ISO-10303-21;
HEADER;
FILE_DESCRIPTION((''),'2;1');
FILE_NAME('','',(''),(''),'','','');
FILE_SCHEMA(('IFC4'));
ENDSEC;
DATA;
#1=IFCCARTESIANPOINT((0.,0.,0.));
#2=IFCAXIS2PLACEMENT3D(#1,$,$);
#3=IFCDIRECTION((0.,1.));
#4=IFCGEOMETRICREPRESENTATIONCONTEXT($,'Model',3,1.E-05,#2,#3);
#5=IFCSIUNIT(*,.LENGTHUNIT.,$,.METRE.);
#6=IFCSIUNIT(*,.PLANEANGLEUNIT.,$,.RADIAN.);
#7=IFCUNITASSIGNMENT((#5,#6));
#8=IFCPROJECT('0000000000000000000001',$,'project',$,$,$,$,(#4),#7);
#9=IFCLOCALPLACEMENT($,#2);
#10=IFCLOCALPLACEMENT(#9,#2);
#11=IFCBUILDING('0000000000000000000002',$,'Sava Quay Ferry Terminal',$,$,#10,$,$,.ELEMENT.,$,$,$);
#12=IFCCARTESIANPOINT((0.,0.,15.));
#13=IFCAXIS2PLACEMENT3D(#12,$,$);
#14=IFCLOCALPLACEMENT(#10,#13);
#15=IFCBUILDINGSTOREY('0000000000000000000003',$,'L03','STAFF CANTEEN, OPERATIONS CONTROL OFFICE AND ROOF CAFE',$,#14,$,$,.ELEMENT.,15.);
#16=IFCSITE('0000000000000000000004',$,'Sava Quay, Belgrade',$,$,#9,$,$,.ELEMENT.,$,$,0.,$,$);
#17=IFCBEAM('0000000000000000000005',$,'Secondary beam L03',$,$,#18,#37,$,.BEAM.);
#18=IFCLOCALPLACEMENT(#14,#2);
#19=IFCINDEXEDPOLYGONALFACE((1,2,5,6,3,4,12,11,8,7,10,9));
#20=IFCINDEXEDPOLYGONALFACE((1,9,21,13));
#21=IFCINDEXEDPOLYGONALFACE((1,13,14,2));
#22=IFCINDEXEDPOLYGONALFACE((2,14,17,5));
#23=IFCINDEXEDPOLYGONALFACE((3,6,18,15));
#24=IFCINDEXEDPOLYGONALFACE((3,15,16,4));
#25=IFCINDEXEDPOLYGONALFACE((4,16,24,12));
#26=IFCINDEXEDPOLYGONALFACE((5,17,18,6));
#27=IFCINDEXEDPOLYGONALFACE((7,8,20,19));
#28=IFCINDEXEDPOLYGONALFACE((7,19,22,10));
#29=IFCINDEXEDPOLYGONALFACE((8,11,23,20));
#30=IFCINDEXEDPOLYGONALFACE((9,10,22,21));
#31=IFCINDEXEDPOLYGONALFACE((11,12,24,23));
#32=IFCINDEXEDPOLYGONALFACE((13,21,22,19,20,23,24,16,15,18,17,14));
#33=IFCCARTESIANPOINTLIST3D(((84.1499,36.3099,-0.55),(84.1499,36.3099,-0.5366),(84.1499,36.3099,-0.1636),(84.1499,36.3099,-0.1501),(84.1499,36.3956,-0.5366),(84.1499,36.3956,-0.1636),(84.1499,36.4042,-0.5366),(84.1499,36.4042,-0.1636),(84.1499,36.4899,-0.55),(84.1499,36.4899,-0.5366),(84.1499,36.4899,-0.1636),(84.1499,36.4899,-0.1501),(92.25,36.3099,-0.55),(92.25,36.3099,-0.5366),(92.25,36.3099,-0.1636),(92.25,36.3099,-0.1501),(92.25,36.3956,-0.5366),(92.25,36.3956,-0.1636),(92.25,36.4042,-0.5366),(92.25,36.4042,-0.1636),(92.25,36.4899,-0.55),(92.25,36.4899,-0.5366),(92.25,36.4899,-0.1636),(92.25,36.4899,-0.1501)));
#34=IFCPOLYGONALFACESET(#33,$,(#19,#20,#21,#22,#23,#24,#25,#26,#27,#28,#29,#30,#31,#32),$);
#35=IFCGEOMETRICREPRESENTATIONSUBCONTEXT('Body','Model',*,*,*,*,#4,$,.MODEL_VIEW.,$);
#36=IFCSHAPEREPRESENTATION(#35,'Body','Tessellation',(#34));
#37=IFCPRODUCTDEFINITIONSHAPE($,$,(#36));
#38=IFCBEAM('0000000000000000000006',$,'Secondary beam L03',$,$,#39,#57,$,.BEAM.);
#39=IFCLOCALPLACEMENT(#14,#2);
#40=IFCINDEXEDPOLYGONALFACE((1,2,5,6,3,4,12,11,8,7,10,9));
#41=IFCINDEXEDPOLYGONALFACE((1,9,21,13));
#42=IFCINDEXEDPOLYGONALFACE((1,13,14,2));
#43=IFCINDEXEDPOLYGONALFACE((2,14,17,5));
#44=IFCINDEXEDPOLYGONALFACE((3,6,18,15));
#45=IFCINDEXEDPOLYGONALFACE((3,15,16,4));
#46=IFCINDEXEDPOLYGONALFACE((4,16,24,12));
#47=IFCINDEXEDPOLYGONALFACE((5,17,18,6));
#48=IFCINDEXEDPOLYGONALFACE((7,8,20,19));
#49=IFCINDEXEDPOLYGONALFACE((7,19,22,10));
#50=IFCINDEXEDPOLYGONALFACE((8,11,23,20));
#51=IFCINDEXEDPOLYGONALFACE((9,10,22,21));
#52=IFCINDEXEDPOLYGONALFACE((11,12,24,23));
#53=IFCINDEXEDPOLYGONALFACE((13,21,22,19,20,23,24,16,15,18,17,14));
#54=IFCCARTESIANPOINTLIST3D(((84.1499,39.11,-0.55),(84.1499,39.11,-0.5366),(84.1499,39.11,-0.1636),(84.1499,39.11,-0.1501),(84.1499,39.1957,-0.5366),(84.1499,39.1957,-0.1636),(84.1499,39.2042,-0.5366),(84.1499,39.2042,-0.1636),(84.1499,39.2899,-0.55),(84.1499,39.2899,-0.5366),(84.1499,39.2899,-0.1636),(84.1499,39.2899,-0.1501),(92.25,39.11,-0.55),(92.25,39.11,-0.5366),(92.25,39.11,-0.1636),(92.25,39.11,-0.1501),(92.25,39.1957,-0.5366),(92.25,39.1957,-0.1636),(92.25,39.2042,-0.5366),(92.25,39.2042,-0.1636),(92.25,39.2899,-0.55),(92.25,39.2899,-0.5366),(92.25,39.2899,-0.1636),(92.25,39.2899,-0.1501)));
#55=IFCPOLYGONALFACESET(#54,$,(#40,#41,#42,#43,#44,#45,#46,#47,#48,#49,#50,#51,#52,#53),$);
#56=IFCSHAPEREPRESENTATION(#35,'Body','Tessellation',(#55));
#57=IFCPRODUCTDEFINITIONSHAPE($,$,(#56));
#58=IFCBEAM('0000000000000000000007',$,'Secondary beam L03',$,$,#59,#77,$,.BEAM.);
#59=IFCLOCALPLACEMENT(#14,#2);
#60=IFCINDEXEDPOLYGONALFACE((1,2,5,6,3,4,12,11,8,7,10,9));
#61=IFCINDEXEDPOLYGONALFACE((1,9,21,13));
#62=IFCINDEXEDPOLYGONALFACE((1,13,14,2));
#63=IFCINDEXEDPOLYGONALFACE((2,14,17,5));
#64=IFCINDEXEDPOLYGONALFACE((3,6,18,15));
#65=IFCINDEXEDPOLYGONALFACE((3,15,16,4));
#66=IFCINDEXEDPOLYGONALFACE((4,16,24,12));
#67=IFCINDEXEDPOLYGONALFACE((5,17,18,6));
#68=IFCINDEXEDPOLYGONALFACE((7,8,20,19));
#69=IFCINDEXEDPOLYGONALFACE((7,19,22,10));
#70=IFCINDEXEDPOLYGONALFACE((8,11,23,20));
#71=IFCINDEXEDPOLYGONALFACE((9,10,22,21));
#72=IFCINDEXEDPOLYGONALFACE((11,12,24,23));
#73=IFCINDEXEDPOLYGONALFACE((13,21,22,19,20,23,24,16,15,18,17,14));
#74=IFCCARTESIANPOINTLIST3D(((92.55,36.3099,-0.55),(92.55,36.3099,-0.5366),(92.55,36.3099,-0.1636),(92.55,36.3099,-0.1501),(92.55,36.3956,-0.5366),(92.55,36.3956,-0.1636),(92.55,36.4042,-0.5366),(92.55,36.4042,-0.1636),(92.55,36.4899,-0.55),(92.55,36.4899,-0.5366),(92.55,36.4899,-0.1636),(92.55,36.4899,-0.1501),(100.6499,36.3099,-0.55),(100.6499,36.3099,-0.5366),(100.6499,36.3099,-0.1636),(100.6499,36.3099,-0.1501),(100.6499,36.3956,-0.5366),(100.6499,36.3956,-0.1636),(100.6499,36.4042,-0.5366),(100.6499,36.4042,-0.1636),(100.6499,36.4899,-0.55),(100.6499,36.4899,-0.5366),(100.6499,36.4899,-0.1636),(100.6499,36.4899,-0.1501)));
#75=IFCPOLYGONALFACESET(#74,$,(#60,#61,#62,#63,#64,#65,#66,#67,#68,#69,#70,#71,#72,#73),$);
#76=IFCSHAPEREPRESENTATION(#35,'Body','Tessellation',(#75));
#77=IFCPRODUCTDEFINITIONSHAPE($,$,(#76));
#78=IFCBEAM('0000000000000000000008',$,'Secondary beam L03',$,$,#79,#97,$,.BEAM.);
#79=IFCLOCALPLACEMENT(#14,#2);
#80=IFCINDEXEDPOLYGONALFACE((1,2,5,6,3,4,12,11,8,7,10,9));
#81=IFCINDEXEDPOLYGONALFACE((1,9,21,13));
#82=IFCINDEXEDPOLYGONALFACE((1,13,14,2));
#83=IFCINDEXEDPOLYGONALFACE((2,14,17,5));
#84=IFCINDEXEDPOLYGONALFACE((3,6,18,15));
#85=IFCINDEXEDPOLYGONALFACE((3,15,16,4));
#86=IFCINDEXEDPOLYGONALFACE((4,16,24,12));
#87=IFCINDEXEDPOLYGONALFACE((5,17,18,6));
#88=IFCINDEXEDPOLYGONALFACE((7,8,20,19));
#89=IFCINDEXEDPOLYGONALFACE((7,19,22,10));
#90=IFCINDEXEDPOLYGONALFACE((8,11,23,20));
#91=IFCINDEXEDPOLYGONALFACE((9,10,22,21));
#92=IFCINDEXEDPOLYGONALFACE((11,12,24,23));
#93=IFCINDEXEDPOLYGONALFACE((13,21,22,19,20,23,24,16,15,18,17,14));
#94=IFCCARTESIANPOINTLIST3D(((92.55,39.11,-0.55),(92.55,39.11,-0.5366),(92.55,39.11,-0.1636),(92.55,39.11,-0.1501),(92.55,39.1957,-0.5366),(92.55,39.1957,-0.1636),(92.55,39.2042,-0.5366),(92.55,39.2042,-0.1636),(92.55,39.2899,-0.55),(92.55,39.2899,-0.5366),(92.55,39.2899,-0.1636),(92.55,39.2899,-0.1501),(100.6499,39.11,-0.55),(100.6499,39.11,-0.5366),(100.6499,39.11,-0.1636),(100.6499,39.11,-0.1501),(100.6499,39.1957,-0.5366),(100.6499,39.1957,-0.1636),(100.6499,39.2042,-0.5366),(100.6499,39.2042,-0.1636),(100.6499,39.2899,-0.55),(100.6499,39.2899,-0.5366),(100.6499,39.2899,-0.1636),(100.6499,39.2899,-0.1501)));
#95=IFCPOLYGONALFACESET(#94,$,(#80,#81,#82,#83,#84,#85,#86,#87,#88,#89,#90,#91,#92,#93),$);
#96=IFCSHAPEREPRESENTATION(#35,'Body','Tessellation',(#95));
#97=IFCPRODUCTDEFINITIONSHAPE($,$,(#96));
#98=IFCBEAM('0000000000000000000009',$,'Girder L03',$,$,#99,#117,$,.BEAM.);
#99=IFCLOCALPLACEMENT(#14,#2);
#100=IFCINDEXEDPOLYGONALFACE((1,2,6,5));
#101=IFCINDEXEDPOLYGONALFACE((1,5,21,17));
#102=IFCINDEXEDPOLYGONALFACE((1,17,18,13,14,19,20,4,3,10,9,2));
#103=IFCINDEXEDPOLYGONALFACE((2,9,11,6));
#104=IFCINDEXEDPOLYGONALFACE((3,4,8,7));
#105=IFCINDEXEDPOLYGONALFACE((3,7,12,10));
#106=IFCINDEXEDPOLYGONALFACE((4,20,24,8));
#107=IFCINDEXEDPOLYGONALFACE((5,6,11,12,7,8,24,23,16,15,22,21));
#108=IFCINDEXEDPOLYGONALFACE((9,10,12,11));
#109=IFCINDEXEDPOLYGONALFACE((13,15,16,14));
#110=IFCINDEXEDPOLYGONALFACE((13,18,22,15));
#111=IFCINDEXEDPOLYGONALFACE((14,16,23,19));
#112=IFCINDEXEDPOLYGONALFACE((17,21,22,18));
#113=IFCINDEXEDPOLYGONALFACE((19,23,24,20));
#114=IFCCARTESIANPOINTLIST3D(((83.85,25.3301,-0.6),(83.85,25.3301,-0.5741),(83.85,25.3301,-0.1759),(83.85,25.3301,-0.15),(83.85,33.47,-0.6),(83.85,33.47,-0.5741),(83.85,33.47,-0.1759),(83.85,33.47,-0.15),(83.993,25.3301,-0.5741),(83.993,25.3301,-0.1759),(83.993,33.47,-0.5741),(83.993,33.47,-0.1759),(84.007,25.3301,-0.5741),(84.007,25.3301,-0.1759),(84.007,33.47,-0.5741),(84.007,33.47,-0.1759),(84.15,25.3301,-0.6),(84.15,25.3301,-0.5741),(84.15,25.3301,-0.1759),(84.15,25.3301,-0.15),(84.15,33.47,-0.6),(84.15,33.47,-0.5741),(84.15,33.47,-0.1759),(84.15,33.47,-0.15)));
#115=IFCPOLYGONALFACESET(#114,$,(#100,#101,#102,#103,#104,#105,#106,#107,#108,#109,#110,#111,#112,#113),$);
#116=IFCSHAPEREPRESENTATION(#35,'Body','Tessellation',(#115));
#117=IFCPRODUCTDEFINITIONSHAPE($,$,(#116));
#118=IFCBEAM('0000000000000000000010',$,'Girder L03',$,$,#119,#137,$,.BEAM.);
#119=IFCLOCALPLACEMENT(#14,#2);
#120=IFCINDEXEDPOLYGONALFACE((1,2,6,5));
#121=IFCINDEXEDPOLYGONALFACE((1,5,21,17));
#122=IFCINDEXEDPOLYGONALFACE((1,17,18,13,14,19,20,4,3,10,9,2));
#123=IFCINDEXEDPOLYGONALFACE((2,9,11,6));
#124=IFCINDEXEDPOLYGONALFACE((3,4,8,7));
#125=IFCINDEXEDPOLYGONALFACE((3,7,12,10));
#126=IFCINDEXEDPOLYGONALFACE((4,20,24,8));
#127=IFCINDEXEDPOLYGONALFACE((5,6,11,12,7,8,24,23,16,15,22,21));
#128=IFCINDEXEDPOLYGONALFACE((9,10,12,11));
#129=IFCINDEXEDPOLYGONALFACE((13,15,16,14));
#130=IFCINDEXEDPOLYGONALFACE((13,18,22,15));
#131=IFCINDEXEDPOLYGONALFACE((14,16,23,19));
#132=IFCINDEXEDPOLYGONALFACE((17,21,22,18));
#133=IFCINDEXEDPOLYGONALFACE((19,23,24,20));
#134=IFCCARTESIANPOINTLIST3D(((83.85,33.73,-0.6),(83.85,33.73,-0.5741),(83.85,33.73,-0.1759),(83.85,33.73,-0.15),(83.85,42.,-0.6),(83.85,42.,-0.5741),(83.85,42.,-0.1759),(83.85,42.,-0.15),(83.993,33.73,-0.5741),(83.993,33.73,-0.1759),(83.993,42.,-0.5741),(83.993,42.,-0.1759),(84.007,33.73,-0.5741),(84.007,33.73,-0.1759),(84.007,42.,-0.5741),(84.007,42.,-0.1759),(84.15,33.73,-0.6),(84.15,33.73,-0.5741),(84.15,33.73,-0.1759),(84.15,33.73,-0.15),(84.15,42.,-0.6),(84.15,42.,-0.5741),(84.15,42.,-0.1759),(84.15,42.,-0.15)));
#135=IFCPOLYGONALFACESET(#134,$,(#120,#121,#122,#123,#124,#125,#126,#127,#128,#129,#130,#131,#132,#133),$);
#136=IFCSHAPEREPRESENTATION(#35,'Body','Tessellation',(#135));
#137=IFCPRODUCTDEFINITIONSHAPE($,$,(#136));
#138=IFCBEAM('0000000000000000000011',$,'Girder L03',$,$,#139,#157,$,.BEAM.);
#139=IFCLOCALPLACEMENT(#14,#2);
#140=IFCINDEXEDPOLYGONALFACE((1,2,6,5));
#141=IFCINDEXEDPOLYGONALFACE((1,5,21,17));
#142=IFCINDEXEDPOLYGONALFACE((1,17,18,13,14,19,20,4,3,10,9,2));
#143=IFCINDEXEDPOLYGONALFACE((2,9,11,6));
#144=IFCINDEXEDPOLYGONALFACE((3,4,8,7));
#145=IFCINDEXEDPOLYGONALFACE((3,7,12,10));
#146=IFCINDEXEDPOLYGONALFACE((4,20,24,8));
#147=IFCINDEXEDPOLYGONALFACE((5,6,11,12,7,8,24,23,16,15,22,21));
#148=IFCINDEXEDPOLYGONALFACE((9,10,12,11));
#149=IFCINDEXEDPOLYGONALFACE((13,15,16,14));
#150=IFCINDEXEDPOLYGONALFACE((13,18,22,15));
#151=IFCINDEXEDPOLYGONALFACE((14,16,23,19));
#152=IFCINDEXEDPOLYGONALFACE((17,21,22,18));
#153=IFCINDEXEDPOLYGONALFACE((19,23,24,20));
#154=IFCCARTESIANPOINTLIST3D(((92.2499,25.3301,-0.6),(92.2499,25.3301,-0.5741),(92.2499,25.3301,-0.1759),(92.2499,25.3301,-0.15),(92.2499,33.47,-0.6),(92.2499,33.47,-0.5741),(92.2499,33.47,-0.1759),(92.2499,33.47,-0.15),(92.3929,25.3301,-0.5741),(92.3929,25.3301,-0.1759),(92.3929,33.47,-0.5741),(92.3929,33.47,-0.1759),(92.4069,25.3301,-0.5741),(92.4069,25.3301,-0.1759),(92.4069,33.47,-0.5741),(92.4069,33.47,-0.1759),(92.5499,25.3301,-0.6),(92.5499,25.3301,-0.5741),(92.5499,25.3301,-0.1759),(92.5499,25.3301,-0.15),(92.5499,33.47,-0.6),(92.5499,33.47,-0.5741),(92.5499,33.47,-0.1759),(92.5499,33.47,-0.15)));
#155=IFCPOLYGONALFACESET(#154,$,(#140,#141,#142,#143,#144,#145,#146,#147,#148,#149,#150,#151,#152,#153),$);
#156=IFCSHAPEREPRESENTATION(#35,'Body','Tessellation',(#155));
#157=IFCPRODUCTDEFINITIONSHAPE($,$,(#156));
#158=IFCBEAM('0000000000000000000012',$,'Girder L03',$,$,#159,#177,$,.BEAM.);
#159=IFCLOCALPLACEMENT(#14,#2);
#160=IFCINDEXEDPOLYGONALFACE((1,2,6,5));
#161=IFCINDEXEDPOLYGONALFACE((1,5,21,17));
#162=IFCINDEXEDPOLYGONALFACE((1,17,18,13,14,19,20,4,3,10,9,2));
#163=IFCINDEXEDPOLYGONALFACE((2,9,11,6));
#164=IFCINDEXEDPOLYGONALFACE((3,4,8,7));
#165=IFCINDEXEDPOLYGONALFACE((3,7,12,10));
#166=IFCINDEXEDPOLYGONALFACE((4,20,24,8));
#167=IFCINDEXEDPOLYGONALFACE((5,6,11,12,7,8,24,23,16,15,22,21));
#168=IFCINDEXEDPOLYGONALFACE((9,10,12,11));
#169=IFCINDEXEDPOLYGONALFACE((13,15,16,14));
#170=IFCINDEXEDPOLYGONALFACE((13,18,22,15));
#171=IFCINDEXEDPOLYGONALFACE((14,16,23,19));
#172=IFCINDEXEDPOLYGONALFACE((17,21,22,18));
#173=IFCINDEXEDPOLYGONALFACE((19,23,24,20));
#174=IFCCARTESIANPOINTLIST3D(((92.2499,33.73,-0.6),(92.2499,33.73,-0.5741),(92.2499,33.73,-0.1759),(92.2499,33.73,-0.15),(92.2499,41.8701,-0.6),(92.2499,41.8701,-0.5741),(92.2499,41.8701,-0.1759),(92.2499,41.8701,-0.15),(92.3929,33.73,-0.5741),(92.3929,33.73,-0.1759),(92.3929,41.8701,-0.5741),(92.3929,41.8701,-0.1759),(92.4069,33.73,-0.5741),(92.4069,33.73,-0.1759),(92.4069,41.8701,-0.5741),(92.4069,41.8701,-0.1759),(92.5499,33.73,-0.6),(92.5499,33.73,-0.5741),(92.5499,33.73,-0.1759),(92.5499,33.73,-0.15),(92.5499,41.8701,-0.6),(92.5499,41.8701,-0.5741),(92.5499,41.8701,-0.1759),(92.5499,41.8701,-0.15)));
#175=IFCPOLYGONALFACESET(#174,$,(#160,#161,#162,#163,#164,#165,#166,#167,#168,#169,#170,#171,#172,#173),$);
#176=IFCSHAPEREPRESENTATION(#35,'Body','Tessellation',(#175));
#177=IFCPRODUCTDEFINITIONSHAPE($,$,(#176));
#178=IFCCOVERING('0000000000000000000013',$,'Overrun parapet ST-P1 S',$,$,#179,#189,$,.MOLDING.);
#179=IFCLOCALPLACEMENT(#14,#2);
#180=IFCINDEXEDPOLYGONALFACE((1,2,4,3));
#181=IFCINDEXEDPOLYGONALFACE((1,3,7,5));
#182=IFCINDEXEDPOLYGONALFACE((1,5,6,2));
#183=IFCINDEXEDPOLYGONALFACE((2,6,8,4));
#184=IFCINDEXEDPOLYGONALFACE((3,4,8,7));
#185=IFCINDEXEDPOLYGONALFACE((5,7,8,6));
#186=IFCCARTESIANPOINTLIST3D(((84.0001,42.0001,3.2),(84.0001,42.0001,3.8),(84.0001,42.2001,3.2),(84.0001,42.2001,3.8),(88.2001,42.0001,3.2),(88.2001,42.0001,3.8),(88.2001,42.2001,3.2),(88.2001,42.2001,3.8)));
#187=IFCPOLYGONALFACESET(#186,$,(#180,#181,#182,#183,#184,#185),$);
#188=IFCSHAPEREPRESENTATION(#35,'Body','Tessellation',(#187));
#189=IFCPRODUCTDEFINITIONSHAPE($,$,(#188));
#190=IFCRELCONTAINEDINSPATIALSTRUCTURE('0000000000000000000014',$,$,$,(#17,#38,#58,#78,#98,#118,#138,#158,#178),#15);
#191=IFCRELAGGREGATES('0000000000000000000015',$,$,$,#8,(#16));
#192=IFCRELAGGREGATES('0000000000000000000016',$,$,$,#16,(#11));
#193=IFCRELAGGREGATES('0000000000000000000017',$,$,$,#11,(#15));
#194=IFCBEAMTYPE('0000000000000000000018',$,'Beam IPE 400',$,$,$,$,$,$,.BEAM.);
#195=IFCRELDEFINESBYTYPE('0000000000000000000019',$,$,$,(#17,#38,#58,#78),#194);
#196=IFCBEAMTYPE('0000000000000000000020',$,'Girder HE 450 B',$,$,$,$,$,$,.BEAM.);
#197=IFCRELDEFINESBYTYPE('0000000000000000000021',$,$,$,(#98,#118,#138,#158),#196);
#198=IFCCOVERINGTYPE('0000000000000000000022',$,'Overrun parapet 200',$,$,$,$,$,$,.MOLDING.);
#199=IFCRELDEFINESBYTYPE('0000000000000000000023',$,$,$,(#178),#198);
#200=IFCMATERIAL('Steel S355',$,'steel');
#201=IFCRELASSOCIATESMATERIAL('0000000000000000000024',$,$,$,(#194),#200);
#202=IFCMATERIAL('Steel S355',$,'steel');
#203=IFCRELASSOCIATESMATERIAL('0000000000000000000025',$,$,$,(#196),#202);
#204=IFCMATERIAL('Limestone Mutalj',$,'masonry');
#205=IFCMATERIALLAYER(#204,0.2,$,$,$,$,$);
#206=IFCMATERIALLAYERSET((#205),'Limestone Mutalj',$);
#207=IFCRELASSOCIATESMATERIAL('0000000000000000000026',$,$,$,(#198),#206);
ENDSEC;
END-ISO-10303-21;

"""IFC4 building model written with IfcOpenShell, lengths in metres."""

from ifc_helpers import new_model, si_unit, direction, frame, origin, origin_2d, place, context, subcontext, project, spatial, rectangle, i_section, extrude, material, layer, layer_set, material_profile, profile_set, type_object, element, save


model = new_model("IFC4")

# Units and contexts
model_context = context("Model", 3, precision=1e-05, world=origin(), true_north=direction((0.0, 1.0)))
body_context = subcontext(model_context, "Body", "Model", "MODEL_VIEW")
ifc_project = project(units=[si_unit("LENGTHUNIT", "METRE"), si_unit("PLANEANGLEUNIT", "RADIAN")], contexts=[model_context])

# Site, building, storey
site_placement = place(None, origin())
site = spatial("IfcSite", under=ifc_project, at=site_placement, Name="Sava Quay, Belgrade", CompositionType="ELEMENT", RefElevation=0.0)
building_placement = place(site_placement, origin())
building = spatial("IfcBuilding", under=site, at=building_placement, Name="Sava Quay Ferry Terminal", CompositionType="ELEMENT")
storey_placement = place(building_placement, frame((0.0, 0.0, 15.0)))
storey = spatial("IfcBuildingStorey", under=building, at=storey_placement, Name="L03", Description="STAFF CANTEEN, OPERATIONS CONTROL OFFICE AND ROOF CAFE", CompositionType="ELEMENT", Elevation=15.0)

# Beams
ifc_material_1 = material(Name="Steel S355", Category="steel")
ifc_material_profile_1 = material_profile(ifc_material_1, i_section(OverallWidth=0.1799, OverallDepth=0.3999, WebThickness=0.0085, FlangeThickness=0.0134, at=origin_2d()), Name="IPE 400")
ifc_profile_set_1 = profile_set([ifc_material_profile_1], Name="Steel S355")
beam_type_1 = type_object("IfcBeamType", Name="Beam IPE 400", PredefinedType="BEAM", material=ifc_profile_set_1)
for number, where, z_axis, x_axis, name in (
    (1, (84.1499, 36.3999, -0.3501), (1.0, 0.0, 0.0), (0.0, 1.0, 0.0), "Secondary beam L03"),
    (2, (84.1499, 39.2, -0.3501), (1.0, 0.0, 0.0), (0.0, 1.0, 0.0), "Secondary beam L03"),
):
    element("IfcBeam", number, at=place(storey_placement, frame(where, z_axis=z_axis, x_axis=x_axis)), inside=storey, type_object=beam_type_1, Name=name, PredefinedType="BEAM", context=body_context, shape_type="SweptSolid", body=[
        extrude(i_section(OverallWidth=0.1799, OverallDepth=0.3999, WebThickness=0.0085, FlangeThickness=0.0134, at=origin_2d()), origin(), (0.0, 0.0, 1.0), 8.1001),
    ])
for number, where, z_axis, x_axis, name in (
    (3, (92.55, 36.3999, -0.3501), (1.0, 0.0, 0.0), (0.0, 1.0, 0.0), "Secondary beam L03"),
    (4, (92.55, 39.2, -0.3501), (1.0, 0.0, 0.0), (0.0, 1.0, 0.0), "Secondary beam L03"),
):
    element("IfcBeam", number, at=place(storey_placement, frame(where, z_axis=z_axis, x_axis=x_axis)), inside=storey, type_object=beam_type_1, Name=name, PredefinedType="BEAM", context=body_context, shape_type="SweptSolid", body=[
        extrude(i_section(OverallWidth=0.1799, OverallDepth=0.3999, WebThickness=0.0085, FlangeThickness=0.0134, at=origin_2d()), origin(), (0.0, 0.0, 1.0), 8.0999),
    ])
ifc_material_2 = material(Name="Steel S355", Category="steel")
ifc_material_profile_2 = material_profile(ifc_material_2, i_section(OverallWidth=0.3, OverallDepth=0.45, WebThickness=0.0139, FlangeThickness=0.0259, at=origin_2d()), Name="HE 450 B")
ifc_profile_set_2 = profile_set([ifc_material_profile_2], Name="Steel S355")
beam_type_2 = type_object("IfcBeamType", Name="Girder HE 450 B", PredefinedType="BEAM", material=ifc_profile_set_2)
beam_1_placement = place(storey_placement, frame((84.0, 25.3301, -0.375), z_axis=(0.0, 1.0, 0.0), x_axis=(-1.0, 0.0, 0.0)))
element("IfcBeam", 5, at=beam_1_placement, inside=storey, type_object=beam_type_2, Name="Girder L03", PredefinedType="BEAM", context=body_context, shape_type="SweptSolid", body=[
    extrude(i_section(OverallWidth=0.3, OverallDepth=0.45, WebThickness=0.0139, FlangeThickness=0.0259, at=origin_2d()), origin(), (0.0, 0.0, 1.0), 8.1399),
])
beam_2_placement = place(storey_placement, frame((84.0, 33.73, -0.375), z_axis=(0.0, 1.0, 0.0), x_axis=(-1.0, 0.0, 0.0)))
element("IfcBeam", 6, at=beam_2_placement, inside=storey, type_object=beam_type_2, Name="Girder L03", PredefinedType="BEAM", context=body_context, shape_type="SweptSolid", body=[
    extrude(i_section(OverallWidth=0.3, OverallDepth=0.45, WebThickness=0.0139, FlangeThickness=0.0259, at=origin_2d()), origin(), (0.0, 0.0, 1.0), 8.27),
])
beam_3_placement = place(storey_placement, frame((92.3999, 25.3301, -0.375), z_axis=(0.0, 1.0, 0.0), x_axis=(-1.0, 0.0, 0.0)))
element("IfcBeam", 7, at=beam_3_placement, inside=storey, type_object=beam_type_2, Name="Girder L03", PredefinedType="BEAM", context=body_context, shape_type="SweptSolid", body=[
    extrude(i_section(OverallWidth=0.3, OverallDepth=0.45, WebThickness=0.0139, FlangeThickness=0.0259, at=origin_2d()), origin(), (0.0, 0.0, 1.0), 8.1399),
])
beam_4_placement = place(storey_placement, frame((92.3999, 33.73, -0.375), z_axis=(0.0, 1.0, 0.0), x_axis=(-1.0, 0.0, 0.0)))
element("IfcBeam", 8, at=beam_4_placement, inside=storey, type_object=beam_type_2, Name="Girder L03", PredefinedType="BEAM", context=body_context, shape_type="SweptSolid", body=[
    extrude(i_section(OverallWidth=0.3, OverallDepth=0.45, WebThickness=0.0139, FlangeThickness=0.0259, at=origin_2d()), origin(), (0.0, 0.0, 1.0), 8.1401),
])

# Covering
ifc_material_3 = material(Name="Limestone Mutalj", Category="masonry")
ifc_layer_1 = layer(ifc_material_3, 0.2)
ifc_layer_set_1 = layer_set([ifc_layer_1], Name="Limestone Mutalj")
covering_type = type_object("IfcCoveringType", Name="Overrun parapet 200", PredefinedType="MOLDING", material=ifc_layer_set_1)
covering_placement = place(storey_placement, frame((86.1001, 42.1001, 3.2), z_axis=(0.0, 0.0, 1.0), x_axis=(1.0, 0.0, 0.0)))
element("IfcCovering", 9, at=covering_placement, inside=storey, type_object=covering_type, Name="Overrun parapet ST-P1 S", PredefinedType="MOLDING", context=body_context, shape_type="SweptSolid", body=[
    extrude(rectangle(XDim=4.2, YDim=0.2, at=origin_2d()), origin(), (0.0, 0.0, 1.0), 0.6001),
])

save(model, "model.ifc")
